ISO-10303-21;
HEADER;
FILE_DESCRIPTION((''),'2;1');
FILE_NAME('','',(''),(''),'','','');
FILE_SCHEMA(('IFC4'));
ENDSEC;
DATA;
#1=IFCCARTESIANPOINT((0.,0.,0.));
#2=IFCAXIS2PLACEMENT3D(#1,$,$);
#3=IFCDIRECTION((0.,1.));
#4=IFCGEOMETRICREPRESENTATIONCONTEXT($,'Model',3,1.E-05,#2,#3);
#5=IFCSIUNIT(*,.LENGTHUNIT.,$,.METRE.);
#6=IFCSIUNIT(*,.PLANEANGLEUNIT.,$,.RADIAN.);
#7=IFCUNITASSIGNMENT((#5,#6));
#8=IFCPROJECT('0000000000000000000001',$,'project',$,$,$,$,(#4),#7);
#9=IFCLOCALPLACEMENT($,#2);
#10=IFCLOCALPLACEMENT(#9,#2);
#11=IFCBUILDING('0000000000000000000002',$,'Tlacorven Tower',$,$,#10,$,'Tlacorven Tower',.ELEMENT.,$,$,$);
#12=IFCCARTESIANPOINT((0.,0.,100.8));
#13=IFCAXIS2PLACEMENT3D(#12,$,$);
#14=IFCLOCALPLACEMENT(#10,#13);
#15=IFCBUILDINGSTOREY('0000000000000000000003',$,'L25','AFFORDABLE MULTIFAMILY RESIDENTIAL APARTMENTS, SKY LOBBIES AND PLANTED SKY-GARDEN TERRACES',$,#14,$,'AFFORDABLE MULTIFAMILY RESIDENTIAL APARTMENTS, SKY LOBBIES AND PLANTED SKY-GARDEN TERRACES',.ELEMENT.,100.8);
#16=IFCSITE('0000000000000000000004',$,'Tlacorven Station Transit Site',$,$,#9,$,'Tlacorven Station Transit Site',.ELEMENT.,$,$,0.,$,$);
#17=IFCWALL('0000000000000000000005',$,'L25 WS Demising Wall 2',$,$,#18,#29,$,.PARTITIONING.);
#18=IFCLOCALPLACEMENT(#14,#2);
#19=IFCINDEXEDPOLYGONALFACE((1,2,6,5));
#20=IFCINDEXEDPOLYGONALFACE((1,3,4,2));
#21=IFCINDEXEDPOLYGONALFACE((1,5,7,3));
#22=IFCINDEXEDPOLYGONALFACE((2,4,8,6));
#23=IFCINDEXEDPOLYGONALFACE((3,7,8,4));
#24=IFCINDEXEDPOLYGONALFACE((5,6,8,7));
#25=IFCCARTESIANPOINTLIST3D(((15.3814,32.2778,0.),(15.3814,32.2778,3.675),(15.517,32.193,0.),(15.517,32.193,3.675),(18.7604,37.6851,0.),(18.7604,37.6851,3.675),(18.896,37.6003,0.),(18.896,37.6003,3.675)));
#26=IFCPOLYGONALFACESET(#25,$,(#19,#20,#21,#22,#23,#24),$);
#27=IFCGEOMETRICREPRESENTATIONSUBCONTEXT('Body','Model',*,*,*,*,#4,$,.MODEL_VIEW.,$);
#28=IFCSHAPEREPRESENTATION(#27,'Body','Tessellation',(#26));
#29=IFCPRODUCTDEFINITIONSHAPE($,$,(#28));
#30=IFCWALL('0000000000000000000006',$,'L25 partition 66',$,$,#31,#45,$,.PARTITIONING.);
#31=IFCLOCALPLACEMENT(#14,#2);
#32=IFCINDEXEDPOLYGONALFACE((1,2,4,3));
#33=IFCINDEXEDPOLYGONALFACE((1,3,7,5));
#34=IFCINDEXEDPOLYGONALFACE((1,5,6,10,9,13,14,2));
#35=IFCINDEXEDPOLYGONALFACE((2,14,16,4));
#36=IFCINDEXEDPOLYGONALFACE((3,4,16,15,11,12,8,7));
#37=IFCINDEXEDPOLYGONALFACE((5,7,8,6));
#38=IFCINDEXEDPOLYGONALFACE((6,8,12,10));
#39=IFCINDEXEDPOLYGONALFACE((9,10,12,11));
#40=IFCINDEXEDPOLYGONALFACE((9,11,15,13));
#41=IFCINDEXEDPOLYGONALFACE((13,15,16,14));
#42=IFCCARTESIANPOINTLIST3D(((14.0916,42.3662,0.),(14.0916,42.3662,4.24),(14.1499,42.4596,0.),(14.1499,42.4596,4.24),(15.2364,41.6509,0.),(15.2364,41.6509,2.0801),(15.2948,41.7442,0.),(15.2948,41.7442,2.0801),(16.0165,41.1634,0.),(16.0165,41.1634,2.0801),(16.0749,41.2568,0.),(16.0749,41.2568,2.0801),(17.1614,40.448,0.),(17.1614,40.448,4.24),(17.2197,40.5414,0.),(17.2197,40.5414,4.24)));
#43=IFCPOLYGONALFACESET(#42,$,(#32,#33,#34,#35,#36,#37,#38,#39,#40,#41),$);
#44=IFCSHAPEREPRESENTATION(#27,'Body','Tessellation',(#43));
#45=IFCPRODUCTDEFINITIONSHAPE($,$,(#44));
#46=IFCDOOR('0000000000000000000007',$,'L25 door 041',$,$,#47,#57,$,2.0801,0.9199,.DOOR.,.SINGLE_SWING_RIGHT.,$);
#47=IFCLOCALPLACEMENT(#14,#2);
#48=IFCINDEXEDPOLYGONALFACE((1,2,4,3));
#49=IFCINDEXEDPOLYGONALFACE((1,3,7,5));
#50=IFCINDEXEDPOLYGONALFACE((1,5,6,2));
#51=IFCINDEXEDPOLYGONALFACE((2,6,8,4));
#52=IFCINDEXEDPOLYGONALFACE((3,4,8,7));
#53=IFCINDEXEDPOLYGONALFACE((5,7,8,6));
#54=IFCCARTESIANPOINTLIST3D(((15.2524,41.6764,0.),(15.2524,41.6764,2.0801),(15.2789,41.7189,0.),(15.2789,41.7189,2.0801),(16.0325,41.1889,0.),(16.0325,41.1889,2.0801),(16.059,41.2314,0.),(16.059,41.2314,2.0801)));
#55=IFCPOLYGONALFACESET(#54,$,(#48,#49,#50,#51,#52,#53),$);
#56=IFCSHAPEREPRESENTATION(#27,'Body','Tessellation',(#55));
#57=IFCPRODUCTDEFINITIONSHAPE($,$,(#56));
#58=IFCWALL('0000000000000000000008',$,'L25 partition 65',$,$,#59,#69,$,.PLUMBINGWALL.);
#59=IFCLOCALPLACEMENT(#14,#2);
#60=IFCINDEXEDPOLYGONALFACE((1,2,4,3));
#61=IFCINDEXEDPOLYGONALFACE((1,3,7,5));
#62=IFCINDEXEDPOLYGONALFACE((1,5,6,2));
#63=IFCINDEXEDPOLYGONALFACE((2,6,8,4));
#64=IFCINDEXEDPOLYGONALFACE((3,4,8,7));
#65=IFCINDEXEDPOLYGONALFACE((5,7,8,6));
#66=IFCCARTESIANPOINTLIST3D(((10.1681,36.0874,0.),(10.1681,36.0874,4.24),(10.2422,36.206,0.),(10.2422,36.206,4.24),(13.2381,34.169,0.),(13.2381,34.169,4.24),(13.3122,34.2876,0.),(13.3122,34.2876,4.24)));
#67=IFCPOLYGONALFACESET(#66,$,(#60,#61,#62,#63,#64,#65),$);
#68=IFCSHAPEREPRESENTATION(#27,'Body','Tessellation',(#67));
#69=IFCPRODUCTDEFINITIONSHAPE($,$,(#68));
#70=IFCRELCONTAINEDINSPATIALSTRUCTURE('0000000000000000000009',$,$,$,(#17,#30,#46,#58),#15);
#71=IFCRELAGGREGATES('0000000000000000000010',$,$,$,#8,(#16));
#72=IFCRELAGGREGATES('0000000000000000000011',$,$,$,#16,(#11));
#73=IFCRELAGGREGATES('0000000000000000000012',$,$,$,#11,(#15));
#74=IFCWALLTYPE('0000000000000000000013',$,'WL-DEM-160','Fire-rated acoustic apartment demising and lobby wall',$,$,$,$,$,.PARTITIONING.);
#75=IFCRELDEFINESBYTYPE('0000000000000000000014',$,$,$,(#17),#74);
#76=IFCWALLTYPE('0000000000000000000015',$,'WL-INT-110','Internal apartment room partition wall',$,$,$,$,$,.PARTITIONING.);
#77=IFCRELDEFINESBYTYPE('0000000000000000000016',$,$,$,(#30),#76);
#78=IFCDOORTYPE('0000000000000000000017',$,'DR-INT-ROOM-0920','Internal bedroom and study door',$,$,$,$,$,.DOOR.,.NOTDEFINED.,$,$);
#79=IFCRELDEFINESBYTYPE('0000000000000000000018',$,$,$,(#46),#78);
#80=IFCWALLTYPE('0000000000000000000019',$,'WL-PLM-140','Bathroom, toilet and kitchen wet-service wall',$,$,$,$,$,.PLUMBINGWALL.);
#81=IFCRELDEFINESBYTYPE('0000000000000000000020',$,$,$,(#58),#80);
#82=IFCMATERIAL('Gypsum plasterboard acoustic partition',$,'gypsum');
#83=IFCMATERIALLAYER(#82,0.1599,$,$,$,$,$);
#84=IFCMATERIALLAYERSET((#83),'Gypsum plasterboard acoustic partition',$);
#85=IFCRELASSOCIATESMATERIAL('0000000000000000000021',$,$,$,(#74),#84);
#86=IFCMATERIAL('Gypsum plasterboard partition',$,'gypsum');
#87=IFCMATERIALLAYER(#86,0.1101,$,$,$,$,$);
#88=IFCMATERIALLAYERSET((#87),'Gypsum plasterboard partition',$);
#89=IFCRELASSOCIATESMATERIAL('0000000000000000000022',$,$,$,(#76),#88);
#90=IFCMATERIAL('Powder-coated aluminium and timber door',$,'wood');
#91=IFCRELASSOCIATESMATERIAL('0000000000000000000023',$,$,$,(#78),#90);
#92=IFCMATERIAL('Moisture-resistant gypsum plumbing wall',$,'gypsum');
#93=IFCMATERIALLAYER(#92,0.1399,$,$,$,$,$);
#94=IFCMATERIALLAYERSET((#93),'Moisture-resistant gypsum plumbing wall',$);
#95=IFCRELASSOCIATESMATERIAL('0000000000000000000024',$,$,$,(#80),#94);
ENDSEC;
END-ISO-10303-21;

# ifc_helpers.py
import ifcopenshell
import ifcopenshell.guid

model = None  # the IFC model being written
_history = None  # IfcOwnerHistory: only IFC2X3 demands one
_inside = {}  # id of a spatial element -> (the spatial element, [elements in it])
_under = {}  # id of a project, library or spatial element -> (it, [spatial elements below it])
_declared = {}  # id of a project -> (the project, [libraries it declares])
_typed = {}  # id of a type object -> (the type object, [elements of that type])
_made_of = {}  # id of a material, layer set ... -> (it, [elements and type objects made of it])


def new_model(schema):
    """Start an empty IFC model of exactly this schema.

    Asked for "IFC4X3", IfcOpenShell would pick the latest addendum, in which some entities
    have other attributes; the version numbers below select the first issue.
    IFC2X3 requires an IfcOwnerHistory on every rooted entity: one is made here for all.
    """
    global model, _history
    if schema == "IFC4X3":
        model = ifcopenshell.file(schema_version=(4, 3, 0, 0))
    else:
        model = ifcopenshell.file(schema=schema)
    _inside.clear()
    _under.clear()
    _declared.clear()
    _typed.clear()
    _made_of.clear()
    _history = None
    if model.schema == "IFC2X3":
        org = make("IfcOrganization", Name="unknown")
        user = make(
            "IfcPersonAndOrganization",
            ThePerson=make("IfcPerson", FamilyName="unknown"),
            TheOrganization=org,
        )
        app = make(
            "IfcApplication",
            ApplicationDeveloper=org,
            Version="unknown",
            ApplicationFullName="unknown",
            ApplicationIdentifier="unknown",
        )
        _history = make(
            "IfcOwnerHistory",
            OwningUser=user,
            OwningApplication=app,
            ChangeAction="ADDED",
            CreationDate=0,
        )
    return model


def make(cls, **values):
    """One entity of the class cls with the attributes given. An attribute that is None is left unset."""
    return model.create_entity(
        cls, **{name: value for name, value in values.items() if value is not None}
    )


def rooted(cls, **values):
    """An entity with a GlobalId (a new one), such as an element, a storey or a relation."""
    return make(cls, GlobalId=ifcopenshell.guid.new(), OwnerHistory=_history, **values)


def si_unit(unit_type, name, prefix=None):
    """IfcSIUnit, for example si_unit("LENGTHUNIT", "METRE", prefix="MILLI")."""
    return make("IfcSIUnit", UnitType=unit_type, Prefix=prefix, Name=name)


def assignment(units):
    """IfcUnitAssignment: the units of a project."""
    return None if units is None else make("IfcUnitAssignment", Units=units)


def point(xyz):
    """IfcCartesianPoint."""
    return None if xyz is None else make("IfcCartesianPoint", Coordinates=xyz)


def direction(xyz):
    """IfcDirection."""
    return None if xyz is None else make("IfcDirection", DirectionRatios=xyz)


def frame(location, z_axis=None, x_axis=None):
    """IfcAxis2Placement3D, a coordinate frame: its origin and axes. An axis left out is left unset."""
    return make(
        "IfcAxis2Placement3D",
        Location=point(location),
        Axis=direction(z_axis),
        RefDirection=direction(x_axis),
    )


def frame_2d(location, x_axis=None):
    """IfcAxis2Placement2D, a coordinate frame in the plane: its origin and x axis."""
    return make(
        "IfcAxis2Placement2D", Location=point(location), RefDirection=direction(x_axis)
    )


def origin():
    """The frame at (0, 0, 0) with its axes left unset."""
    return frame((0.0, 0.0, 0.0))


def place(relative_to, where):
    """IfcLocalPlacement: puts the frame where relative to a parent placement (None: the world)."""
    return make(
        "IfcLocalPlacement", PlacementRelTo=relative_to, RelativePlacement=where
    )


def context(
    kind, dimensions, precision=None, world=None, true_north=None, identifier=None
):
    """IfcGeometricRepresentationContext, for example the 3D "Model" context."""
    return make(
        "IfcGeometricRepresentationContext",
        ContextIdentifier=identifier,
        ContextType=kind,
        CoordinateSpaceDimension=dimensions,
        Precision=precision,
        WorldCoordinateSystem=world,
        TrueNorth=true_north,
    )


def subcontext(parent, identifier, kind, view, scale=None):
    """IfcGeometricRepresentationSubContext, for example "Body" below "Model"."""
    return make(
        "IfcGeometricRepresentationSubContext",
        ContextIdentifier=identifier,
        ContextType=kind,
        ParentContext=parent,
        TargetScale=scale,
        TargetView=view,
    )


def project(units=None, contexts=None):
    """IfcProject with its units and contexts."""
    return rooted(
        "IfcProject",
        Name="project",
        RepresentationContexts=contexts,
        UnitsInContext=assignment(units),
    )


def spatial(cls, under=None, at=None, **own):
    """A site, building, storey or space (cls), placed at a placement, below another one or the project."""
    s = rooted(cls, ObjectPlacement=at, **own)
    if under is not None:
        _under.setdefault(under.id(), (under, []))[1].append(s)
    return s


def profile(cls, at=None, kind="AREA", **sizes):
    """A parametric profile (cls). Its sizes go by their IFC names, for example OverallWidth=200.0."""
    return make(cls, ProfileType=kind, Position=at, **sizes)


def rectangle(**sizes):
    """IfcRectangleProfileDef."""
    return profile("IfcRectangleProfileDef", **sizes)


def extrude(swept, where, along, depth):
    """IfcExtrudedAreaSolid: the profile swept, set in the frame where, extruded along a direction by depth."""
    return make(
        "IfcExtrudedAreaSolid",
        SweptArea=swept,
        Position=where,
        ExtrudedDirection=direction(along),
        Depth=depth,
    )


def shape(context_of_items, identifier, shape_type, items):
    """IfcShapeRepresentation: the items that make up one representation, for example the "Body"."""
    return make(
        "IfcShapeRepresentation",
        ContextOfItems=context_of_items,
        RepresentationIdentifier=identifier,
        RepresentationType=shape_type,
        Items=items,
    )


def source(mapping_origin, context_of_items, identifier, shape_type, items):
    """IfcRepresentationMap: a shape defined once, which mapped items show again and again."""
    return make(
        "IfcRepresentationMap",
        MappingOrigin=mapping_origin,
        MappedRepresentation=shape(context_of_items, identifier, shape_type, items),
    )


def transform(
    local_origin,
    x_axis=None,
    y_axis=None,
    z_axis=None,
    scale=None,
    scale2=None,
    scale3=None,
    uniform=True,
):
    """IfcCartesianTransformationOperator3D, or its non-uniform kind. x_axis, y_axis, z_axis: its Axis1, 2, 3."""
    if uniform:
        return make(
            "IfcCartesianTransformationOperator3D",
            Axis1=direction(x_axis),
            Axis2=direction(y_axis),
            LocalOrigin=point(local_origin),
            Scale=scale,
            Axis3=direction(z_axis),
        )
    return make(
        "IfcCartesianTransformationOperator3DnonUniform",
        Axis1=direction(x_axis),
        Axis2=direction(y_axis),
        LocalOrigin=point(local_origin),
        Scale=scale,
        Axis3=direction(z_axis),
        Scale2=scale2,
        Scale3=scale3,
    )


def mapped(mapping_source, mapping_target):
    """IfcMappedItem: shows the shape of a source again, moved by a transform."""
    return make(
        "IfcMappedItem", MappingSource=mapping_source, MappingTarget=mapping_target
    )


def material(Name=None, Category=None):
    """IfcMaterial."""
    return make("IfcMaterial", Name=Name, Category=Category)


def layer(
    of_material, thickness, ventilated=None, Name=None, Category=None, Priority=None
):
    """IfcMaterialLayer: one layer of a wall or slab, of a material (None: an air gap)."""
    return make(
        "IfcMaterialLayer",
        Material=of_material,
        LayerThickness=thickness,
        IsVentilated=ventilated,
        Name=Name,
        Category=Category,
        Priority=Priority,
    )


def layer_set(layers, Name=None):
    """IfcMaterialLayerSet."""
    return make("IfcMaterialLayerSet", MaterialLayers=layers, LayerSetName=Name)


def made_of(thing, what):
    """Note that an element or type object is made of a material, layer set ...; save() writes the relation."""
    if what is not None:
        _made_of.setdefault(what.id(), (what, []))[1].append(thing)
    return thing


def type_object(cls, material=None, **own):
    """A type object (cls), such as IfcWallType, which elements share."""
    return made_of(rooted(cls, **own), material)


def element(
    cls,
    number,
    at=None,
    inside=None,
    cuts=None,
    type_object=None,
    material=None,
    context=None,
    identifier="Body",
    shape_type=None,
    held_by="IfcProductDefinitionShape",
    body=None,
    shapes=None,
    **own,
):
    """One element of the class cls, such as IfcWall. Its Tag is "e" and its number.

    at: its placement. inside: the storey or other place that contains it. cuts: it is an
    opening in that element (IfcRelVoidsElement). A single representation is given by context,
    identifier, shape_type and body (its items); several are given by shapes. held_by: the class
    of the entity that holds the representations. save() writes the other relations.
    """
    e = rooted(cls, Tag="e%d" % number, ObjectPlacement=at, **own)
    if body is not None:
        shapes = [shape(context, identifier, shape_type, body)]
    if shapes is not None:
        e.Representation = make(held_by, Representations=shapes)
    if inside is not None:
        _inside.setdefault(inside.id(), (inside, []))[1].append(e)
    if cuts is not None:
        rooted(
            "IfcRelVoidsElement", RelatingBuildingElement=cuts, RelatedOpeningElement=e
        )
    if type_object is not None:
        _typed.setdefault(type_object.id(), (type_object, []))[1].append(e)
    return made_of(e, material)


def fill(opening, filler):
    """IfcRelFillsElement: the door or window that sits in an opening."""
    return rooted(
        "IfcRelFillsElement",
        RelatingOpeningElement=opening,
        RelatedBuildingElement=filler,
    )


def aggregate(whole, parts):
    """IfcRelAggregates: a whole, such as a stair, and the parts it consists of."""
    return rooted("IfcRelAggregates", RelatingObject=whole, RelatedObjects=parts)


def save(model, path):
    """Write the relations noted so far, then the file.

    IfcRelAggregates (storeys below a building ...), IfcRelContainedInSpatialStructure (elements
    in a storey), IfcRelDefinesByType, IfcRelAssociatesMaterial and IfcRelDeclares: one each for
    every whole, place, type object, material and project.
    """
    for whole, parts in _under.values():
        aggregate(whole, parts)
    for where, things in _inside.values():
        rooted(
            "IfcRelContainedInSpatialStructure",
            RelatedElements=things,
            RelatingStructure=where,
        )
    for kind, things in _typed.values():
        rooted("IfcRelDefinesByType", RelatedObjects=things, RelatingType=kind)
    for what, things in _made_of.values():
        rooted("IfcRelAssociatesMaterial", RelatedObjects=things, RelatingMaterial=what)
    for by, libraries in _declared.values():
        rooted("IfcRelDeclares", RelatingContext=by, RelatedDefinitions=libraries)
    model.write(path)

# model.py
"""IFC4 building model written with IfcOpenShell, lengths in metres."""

from ifc_helpers import new_model, si_unit, direction, frame, frame_2d, origin, place, context, subcontext, project, spatial, rectangle, extrude, source, transform, mapped, material, layer, layer_set, type_object, element, fill, save


model = new_model("IFC4")

# Units and contexts
model_context = context("Model", 3, precision=1e-05, world=origin(), true_north=direction((0.0, 1.0)))
body_context = subcontext(model_context, "Body", "Model", "MODEL_VIEW")
ifc_project = project(units=[si_unit("LENGTHUNIT", "METRE"), si_unit("PLANEANGLEUNIT", "RADIAN")], contexts=[model_context])

# Site, building, storey
site_placement = place(None, origin())
site = spatial("IfcSite", under=ifc_project, at=site_placement, Name="Tlacorven Station Transit Site", LongName="Tlacorven Station Transit Site", CompositionType="ELEMENT", RefElevation=0.0)
building_placement = place(site_placement, origin())
building = spatial("IfcBuilding", under=site, at=building_placement, Name="Tlacorven Tower", LongName="Tlacorven Tower", CompositionType="ELEMENT")
storey_placement = place(building_placement, frame((0.0, 0.0, 100.8)))
storey = spatial("IfcBuildingStorey", under=building, at=storey_placement, Name="L25", Description="AFFORDABLE MULTIFAMILY RESIDENTIAL APARTMENTS, SKY LOBBIES AND PLANTED SKY-GARDEN TERRACES", LongName="AFFORDABLE MULTIFAMILY RESIDENTIAL APARTMENTS, SKY LOBBIES AND PLANTED SKY-GARDEN TERRACES", CompositionType="ELEMENT", Elevation=100.8)

# Wall
ifc_material_1 = material(Name="Gypsum plasterboard acoustic partition", Category="gypsum")
ifc_layer_1 = layer(ifc_material_1, 0.1599)
ifc_layer_set_1 = layer_set([ifc_layer_1], Name="Gypsum plasterboard acoustic partition")
wall_type_1 = type_object("IfcWallType", Name="WL-DEM-160", Description="Fire-rated acoustic apartment demising and lobby wall", PredefinedType="PARTITIONING", material=ifc_layer_set_1)
wall_1_placement = place(storey_placement, frame((18.8281, 37.6426, 0.0), z_axis=(0.0, 0.0, 1.0), x_axis=(-0.52993, -0.848041, 0.0)))
element("IfcWall", 1, at=wall_1_placement, inside=storey, type_object=wall_type_1, Name="L25 WS Demising Wall 2", PredefinedType="PARTITIONING", context=body_context, shape_type="SweptSolid", body=[
    extrude(rectangle(XDim=6.3762, YDim=0.1599, at=frame_2d((3.188, 0.0))), origin(), (0.0, 0.0, 1.0), 3.675),
])

# Wall, opening, door
ifc_material_2 = material(Name="Gypsum plasterboard partition", Category="gypsum")
ifc_layer_2 = layer(ifc_material_2, 0.1101)
ifc_layer_set_2 = layer_set([ifc_layer_2], Name="Gypsum plasterboard partition")
wall_type_2 = type_object("IfcWallType", Name="WL-INT-110", Description="Internal apartment room partition wall", PredefinedType="PARTITIONING", material=ifc_layer_set_2)
wall_2_placement = place(storey_placement, frame((17.1907, 40.4946, 0.0), z_axis=(0.0, 0.0, 1.0), x_axis=(-0.848051, 0.529914, 0.0)))
wall_2 = element("IfcWall", 2, at=wall_2_placement, inside=storey, type_object=wall_type_2, Name="L25 partition 66", PredefinedType="PARTITIONING", context=body_context, shape_type="SweptSolid", body=[
    extrude(rectangle(XDim=3.6199, YDim=0.1101, at=frame_2d((1.8101, 0.0))), origin(), (0.0, 0.0, 1.0), 4.24),
])
opening_placement = place(wall_2_placement, frame((1.3501, 0.0, 0.0)))
opening = element("IfcOpeningElement", 3, at=opening_placement, cuts=wall_2, PredefinedType="OPENING", context=body_context, shape_type="SweptSolid", body=[
    extrude(rectangle(XDim=0.9199, YDim=2.0801, at=frame_2d((0.46, 1.04))), frame((0.0, 0.0649, 0.0), z_axis=(0.0, -1.0, 0.0), x_axis=(1.0, 0.0, 0.0)), (0.0, 0.0, 1.0), 0.1301),
])
ifc_material_3 = material(Name="Powder-coated aluminium and timber door", Category="wood")
door_type = type_object("IfcDoorType", Name="DR-INT-ROOM-0920", Description="Internal bedroom and study door", OperationType="NOTDEFINED", PredefinedType="DOOR", material=ifc_material_3)
shared_shape_1 = source(origin(), body_context, "Body", "SweptSolid", [
    extrude(rectangle(XDim=0.9199, YDim=2.0801, at=frame_2d((0.46, 1.04))), frame((0.0, 0.0249, 0.0), z_axis=(0.0, -1.0, 0.0), x_axis=(1.0, 0.0, 0.0)), (0.0, 0.0, 1.0), 0.05),
])
door_placement = place(opening_placement, origin())
door = element("IfcDoor", 4, at=door_placement, inside=storey, type_object=door_type, Name="L25 door 041", OperationType="SINGLE_SWING_RIGHT", OverallHeight=2.0801, OverallWidth=0.9199, PredefinedType="DOOR", context=body_context, shape_type="MappedRepresentation", body=[
    mapped(shared_shape_1, transform((0.0, 0.0, 0.0), scale=1.0)),
])
fill(opening, door)

# Wall
ifc_material_4 = material(Name="Moisture-resistant gypsum plumbing wall", Category="gypsum")
ifc_layer_3 = layer(ifc_material_4, 0.1399)
ifc_layer_set_3 = layer_set([ifc_layer_3], Name="Moisture-resistant gypsum plumbing wall")
wall_type_3 = type_object("IfcWallType", Name="WL-PLM-140", Description="Bathroom, toilet and kitchen wet-service wall", PredefinedType="PLUMBINGWALL", material=ifc_layer_set_3)
wall_3_placement = place(storey_placement, frame((13.2751, 34.2283, 0.0), z_axis=(0.0, 0.0, 1.0), x_axis=(-0.84804, 0.529932, 0.0)))
element("IfcWall", 5, at=wall_3_placement, inside=storey, type_object=wall_type_3, Name="L25 partition 65", PredefinedType="PLUMBINGWALL", context=body_context, shape_type="SweptSolid", body=[
    extrude(rectangle(XDim=3.6201, YDim=0.1399, at=frame_2d((1.8101, 0.0))), origin(), (0.0, 0.0, 1.0), 4.24),
])

save(model, "model.ifc")
